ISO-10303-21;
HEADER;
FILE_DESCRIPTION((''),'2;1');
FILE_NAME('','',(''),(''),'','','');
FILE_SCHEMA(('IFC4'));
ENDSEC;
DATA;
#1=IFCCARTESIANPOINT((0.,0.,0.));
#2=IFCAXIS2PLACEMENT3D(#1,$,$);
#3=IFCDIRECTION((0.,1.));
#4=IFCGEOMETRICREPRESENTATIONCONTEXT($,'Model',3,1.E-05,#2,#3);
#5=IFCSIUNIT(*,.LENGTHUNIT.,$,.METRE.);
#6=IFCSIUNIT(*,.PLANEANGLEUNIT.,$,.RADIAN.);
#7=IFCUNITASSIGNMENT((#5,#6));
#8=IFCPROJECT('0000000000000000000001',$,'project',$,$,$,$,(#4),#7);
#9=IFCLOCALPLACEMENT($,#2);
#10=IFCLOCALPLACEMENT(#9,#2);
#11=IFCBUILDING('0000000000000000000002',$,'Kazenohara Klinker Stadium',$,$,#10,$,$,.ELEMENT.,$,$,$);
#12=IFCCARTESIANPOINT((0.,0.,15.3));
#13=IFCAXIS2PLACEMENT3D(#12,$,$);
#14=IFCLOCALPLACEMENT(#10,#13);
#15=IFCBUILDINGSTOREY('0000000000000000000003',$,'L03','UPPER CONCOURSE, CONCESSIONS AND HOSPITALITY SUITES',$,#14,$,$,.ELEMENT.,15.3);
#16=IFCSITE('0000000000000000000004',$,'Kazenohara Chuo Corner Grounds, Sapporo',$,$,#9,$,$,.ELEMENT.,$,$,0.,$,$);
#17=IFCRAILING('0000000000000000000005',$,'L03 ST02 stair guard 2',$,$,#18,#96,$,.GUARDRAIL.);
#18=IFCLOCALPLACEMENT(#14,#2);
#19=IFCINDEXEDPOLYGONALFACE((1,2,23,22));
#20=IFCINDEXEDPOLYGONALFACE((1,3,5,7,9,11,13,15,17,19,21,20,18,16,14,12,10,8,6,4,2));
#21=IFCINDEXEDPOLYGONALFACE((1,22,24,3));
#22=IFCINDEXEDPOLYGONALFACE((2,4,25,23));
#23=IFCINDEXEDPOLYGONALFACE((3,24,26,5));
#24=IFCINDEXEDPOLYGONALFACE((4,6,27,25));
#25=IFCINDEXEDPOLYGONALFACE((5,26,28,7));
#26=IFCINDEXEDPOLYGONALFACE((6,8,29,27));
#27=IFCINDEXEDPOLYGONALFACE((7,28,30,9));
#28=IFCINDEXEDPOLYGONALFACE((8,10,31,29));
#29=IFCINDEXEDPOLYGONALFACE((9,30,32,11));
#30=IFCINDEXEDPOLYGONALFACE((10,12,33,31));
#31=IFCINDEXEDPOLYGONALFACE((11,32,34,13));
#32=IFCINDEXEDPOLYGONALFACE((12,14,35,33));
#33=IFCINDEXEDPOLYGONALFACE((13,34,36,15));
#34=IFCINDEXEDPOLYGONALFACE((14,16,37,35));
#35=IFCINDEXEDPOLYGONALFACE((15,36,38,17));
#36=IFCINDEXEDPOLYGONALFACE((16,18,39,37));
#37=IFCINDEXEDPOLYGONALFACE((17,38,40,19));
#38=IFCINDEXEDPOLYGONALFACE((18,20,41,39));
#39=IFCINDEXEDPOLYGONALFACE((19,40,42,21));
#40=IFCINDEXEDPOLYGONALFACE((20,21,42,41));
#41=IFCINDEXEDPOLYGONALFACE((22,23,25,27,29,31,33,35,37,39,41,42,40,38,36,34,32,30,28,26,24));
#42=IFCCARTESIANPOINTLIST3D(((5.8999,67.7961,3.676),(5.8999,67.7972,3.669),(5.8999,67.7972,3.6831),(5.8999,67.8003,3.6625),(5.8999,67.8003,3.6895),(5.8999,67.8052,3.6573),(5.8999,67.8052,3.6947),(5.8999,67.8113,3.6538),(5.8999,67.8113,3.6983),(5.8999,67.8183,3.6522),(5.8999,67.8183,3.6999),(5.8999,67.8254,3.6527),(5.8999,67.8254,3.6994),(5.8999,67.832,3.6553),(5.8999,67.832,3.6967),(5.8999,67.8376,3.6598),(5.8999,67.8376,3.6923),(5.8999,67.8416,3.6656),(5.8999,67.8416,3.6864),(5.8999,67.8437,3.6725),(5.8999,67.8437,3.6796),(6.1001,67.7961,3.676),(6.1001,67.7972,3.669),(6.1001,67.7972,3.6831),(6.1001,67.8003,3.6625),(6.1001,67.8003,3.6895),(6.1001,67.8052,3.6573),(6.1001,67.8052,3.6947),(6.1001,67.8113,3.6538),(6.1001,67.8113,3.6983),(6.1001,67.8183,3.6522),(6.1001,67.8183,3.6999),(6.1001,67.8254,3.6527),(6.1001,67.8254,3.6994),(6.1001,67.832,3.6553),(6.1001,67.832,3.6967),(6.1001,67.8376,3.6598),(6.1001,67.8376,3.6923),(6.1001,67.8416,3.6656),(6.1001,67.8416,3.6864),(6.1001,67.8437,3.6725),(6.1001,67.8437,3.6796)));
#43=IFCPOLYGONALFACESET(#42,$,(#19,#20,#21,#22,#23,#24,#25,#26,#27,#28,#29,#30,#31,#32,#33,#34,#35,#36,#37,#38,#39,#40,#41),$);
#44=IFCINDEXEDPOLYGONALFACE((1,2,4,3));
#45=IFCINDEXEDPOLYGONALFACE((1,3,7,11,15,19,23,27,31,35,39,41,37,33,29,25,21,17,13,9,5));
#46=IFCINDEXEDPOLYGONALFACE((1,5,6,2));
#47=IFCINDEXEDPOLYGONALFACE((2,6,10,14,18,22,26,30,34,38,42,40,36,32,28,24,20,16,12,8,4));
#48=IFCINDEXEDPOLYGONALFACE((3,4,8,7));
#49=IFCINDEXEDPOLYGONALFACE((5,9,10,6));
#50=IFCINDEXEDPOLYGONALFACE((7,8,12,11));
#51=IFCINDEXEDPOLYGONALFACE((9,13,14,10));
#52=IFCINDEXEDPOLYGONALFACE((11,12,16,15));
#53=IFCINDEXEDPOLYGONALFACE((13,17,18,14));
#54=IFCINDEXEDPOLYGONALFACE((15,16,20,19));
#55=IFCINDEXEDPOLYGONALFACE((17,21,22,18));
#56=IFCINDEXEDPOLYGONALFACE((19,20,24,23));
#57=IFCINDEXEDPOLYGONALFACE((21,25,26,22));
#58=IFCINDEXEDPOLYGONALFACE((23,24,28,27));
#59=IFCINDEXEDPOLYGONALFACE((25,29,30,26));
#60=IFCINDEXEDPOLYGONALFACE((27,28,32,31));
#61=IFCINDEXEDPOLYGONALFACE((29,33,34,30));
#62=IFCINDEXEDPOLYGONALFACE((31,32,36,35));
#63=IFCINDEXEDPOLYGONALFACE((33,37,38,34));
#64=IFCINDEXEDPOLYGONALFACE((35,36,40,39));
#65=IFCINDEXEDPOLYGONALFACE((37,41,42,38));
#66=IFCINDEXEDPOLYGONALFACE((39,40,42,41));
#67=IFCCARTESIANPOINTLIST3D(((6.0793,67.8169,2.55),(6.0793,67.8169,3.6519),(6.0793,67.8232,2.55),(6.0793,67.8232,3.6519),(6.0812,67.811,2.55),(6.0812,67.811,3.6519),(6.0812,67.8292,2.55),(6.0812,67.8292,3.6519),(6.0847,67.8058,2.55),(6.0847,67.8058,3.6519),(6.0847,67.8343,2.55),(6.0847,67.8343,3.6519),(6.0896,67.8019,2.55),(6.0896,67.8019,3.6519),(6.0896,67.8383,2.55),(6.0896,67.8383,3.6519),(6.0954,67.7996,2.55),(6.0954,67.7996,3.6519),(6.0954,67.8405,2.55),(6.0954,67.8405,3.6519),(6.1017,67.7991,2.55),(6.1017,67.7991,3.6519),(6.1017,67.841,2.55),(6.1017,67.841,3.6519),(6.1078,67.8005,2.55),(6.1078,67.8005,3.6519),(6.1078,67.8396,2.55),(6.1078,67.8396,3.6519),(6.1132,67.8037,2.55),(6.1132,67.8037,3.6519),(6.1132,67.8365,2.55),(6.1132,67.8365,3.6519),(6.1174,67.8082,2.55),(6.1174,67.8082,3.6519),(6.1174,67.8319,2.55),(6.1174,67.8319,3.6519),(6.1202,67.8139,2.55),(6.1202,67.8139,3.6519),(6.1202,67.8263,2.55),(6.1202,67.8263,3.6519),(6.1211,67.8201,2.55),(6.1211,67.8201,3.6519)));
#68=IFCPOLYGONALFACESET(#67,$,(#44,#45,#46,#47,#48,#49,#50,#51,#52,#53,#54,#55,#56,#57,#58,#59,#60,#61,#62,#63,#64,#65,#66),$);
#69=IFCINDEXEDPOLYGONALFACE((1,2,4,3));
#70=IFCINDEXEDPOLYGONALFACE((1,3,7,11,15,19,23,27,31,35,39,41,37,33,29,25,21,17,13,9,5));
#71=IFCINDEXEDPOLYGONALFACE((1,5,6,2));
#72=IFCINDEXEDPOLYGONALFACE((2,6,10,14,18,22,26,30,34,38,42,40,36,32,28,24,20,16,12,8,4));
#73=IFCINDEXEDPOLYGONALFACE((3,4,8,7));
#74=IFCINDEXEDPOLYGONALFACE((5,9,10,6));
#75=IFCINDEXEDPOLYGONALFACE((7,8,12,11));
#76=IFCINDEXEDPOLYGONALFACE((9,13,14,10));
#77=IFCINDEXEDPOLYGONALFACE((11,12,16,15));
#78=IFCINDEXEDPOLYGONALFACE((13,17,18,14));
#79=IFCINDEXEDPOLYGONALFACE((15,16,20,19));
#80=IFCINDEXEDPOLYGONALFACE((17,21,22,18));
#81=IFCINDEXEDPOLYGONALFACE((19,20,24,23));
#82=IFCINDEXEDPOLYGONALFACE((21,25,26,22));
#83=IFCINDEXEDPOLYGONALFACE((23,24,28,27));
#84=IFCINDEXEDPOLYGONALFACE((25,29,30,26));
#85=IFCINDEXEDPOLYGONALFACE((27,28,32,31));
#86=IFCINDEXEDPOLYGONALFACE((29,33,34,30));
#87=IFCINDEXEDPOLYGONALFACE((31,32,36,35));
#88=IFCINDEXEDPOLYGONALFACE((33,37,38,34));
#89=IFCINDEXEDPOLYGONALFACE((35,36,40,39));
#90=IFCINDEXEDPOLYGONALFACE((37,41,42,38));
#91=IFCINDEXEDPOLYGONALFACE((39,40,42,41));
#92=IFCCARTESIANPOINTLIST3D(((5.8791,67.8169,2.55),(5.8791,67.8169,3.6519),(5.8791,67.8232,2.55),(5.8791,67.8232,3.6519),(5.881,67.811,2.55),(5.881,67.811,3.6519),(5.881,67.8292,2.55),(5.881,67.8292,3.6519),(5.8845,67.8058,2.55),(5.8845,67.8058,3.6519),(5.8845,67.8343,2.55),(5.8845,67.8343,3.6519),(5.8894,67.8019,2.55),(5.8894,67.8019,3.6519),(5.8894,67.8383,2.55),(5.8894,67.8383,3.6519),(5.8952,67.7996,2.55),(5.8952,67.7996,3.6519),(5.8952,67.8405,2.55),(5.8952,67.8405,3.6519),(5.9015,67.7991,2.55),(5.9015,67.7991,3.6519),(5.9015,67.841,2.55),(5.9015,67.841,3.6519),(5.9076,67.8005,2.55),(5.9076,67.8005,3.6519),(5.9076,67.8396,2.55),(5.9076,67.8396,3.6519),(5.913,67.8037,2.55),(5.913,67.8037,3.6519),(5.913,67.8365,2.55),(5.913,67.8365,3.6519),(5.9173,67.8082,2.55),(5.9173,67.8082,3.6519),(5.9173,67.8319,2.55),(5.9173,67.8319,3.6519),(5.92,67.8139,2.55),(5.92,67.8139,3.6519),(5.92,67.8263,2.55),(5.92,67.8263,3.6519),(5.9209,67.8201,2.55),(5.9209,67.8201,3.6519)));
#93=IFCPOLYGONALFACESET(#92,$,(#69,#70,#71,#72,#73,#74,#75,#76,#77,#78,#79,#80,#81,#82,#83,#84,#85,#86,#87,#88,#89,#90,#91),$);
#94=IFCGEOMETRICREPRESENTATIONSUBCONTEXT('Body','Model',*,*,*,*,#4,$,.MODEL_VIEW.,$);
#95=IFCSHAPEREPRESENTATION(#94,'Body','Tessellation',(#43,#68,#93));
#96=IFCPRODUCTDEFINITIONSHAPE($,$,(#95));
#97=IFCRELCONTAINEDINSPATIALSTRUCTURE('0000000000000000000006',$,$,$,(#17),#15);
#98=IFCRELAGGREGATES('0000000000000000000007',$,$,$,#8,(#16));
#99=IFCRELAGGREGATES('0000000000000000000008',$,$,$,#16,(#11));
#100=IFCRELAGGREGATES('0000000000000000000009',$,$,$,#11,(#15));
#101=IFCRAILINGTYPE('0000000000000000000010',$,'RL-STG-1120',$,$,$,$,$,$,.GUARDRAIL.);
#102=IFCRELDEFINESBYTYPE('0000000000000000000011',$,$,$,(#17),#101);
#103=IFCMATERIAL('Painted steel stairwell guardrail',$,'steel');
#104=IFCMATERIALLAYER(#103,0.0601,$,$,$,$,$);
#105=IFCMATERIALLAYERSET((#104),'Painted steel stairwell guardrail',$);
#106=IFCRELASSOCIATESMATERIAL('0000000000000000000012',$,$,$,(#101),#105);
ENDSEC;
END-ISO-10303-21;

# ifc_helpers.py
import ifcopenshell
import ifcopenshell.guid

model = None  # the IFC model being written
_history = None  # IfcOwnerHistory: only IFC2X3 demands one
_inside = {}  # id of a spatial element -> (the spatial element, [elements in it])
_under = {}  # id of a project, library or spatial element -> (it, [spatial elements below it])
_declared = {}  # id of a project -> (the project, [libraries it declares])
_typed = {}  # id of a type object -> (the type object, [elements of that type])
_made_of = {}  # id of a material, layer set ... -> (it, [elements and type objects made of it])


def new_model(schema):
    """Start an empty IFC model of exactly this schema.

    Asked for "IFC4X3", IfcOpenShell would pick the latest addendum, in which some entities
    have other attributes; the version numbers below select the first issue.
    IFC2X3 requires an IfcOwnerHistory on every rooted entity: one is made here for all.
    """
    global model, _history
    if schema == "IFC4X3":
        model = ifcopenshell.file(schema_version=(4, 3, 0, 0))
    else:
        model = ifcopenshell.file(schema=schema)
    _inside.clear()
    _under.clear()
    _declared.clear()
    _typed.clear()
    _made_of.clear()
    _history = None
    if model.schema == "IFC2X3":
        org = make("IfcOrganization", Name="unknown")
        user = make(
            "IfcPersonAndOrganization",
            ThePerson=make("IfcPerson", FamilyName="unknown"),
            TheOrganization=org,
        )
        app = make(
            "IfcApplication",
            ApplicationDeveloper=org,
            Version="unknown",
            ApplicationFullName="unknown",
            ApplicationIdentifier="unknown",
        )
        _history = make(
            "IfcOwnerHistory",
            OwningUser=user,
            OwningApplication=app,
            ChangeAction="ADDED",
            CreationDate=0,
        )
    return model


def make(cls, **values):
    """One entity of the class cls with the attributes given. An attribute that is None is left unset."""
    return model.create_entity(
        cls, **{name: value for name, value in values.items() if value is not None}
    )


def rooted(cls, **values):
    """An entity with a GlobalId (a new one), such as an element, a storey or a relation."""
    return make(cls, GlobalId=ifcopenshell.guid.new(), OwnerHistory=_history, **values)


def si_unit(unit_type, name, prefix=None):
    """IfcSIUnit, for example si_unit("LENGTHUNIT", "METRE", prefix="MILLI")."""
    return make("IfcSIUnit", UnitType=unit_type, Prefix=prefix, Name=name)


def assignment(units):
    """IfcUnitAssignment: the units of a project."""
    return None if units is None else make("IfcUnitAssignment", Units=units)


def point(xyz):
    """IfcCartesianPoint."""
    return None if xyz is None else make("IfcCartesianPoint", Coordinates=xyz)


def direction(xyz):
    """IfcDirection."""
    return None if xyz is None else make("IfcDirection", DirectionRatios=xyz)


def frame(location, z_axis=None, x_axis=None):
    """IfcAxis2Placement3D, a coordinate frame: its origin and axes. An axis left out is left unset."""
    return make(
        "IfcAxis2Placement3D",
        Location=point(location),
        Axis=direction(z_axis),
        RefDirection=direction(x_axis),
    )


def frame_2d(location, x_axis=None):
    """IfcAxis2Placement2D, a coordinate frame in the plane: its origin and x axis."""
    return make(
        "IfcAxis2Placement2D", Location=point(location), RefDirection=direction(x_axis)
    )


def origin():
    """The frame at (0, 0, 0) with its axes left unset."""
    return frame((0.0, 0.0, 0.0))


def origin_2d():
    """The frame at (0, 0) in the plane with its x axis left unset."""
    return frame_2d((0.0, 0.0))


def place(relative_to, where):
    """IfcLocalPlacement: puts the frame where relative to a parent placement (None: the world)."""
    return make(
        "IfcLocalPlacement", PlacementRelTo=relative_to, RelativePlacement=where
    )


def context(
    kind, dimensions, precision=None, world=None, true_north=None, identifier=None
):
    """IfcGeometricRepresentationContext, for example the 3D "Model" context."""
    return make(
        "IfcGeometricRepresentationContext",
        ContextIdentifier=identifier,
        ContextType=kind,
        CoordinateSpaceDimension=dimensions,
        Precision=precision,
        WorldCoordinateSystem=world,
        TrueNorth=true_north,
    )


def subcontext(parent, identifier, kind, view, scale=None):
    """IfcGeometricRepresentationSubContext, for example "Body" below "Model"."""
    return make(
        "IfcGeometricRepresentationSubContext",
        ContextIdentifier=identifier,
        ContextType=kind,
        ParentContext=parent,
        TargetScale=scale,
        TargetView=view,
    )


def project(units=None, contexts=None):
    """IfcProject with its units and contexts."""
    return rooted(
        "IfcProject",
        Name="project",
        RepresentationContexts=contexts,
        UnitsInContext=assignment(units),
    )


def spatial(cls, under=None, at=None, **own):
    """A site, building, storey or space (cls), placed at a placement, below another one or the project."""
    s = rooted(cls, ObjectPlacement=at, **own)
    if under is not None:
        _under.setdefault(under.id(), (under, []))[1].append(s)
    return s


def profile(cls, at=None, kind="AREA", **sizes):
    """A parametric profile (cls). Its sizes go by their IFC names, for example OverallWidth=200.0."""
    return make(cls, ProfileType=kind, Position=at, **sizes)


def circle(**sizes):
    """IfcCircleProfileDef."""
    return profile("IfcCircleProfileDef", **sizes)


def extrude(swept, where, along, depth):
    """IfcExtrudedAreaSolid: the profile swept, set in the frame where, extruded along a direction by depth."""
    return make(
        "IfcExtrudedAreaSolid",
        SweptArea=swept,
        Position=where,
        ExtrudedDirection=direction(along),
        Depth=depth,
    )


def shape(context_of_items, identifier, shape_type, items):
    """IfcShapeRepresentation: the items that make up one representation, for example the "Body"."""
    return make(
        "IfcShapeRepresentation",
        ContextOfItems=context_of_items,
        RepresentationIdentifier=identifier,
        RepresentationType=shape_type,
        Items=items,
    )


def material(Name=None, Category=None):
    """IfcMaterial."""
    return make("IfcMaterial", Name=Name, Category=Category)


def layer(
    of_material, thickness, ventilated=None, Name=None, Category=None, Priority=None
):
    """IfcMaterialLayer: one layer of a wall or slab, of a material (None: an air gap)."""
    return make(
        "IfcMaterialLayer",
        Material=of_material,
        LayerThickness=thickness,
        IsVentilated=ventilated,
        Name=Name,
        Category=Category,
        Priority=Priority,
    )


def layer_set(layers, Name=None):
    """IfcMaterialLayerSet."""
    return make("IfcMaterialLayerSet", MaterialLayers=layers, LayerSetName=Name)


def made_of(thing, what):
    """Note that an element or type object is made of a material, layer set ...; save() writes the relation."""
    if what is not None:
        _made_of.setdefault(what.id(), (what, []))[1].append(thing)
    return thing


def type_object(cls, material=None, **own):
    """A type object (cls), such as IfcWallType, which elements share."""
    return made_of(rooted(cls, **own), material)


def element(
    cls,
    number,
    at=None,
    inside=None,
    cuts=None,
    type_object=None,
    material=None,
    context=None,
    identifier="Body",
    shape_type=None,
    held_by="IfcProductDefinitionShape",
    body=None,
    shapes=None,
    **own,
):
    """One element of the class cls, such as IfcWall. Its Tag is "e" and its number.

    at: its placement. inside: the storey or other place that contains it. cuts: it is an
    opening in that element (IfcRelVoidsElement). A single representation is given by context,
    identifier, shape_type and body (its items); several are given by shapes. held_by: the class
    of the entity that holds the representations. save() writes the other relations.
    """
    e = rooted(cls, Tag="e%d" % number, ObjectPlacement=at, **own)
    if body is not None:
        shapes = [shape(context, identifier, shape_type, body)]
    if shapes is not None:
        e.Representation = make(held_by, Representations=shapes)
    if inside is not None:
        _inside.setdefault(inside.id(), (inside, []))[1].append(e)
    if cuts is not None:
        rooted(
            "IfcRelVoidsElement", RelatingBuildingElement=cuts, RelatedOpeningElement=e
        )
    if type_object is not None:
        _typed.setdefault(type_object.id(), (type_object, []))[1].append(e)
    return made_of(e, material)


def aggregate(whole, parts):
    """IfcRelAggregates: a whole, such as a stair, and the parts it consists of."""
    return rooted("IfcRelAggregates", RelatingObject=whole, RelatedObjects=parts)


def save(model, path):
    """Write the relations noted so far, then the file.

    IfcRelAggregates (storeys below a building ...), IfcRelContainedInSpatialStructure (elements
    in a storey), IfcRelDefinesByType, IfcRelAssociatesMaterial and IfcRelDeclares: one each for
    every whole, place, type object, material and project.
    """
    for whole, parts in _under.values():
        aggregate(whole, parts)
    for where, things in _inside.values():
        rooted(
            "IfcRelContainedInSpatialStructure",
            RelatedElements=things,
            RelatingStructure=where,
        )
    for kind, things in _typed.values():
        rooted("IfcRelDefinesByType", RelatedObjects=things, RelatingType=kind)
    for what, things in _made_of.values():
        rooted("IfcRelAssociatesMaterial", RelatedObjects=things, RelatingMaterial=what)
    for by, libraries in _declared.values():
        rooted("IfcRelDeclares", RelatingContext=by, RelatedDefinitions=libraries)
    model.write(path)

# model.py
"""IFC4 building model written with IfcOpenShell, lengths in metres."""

from ifc_helpers import new_model, si_unit, direction, frame, origin, origin_2d, place, context, subcontext, project, spatial, circle, extrude, material, layer, layer_set, type_object, element, save


model = new_model("IFC4")

# Units and contexts
model_context = context("Model", 3, precision=1e-05, world=origin(), true_north=direction((0.0, 1.0)))
body_context = subcontext(model_context, "Body", "Model", "MODEL_VIEW")
ifc_project = project(units=[si_unit("LENGTHUNIT", "METRE"), si_unit("PLANEANGLEUNIT", "RADIAN")], contexts=[model_context])

# Site, building, storey
site_placement = place(None, origin())
site = spatial("IfcSite", under=ifc_project, at=site_placement, Name="Kazenohara Chuo Corner Grounds, Sapporo", CompositionType="ELEMENT", RefElevation=0.0)
building_placement = place(site_placement, origin())
building = spatial("IfcBuilding", under=site, at=building_placement, Name="Kazenohara Klinker Stadium", CompositionType="ELEMENT")
storey_placement = place(building_placement, frame((0.0, 0.0, 15.3)))
storey = spatial("IfcBuildingStorey", under=building, at=storey_placement, Name="L03", Description="UPPER CONCOURSE, CONCESSIONS AND HOSPITALITY SUITES", CompositionType="ELEMENT", Elevation=15.3)

# Railing
ifc_material_1 = material(Name="Painted steel stairwell guardrail", Category="steel")
ifc_layer_1 = layer(ifc_material_1, 0.0601)
ifc_layer_set_1 = layer_set([ifc_layer_1], Name="Painted steel stairwell guardrail")
railing_type_1 = type_object("IfcRailingType", Name="RL-STG-1120", PredefinedType="GUARDRAIL", material=ifc_layer_set_1)
railing_1_placement = place(storey_placement, frame((6.1001, 67.8201, 2.55)))
element("IfcRailing", 1, at=railing_1_placement, inside=storey, type_object=railing_type_1, Name="L03 ST02 stair guard 2", PredefinedType="GUARDRAIL", context=body_context, shape_type="SweptSolid", body=[
    extrude(circle(Radius=0.0239, at=origin_2d()), frame((0.0, 0.0, 1.126), z_axis=(-1.0, 0.0, 0.0), x_axis=(0.0, -1.0, 0.0)), (0.0, 0.0, 1.0), 0.2002),
    extrude(circle(Radius=0.021, at=origin_2d()), origin(), (0.0, 0.0, 1.0), 1.1018),
    extrude(circle(Radius=0.021, at=origin_2d()), frame((-0.2002, 0.0, 0.0)), (0.0, 0.0, 1.0), 1.1018),
])

save(model, "model.ifc")
